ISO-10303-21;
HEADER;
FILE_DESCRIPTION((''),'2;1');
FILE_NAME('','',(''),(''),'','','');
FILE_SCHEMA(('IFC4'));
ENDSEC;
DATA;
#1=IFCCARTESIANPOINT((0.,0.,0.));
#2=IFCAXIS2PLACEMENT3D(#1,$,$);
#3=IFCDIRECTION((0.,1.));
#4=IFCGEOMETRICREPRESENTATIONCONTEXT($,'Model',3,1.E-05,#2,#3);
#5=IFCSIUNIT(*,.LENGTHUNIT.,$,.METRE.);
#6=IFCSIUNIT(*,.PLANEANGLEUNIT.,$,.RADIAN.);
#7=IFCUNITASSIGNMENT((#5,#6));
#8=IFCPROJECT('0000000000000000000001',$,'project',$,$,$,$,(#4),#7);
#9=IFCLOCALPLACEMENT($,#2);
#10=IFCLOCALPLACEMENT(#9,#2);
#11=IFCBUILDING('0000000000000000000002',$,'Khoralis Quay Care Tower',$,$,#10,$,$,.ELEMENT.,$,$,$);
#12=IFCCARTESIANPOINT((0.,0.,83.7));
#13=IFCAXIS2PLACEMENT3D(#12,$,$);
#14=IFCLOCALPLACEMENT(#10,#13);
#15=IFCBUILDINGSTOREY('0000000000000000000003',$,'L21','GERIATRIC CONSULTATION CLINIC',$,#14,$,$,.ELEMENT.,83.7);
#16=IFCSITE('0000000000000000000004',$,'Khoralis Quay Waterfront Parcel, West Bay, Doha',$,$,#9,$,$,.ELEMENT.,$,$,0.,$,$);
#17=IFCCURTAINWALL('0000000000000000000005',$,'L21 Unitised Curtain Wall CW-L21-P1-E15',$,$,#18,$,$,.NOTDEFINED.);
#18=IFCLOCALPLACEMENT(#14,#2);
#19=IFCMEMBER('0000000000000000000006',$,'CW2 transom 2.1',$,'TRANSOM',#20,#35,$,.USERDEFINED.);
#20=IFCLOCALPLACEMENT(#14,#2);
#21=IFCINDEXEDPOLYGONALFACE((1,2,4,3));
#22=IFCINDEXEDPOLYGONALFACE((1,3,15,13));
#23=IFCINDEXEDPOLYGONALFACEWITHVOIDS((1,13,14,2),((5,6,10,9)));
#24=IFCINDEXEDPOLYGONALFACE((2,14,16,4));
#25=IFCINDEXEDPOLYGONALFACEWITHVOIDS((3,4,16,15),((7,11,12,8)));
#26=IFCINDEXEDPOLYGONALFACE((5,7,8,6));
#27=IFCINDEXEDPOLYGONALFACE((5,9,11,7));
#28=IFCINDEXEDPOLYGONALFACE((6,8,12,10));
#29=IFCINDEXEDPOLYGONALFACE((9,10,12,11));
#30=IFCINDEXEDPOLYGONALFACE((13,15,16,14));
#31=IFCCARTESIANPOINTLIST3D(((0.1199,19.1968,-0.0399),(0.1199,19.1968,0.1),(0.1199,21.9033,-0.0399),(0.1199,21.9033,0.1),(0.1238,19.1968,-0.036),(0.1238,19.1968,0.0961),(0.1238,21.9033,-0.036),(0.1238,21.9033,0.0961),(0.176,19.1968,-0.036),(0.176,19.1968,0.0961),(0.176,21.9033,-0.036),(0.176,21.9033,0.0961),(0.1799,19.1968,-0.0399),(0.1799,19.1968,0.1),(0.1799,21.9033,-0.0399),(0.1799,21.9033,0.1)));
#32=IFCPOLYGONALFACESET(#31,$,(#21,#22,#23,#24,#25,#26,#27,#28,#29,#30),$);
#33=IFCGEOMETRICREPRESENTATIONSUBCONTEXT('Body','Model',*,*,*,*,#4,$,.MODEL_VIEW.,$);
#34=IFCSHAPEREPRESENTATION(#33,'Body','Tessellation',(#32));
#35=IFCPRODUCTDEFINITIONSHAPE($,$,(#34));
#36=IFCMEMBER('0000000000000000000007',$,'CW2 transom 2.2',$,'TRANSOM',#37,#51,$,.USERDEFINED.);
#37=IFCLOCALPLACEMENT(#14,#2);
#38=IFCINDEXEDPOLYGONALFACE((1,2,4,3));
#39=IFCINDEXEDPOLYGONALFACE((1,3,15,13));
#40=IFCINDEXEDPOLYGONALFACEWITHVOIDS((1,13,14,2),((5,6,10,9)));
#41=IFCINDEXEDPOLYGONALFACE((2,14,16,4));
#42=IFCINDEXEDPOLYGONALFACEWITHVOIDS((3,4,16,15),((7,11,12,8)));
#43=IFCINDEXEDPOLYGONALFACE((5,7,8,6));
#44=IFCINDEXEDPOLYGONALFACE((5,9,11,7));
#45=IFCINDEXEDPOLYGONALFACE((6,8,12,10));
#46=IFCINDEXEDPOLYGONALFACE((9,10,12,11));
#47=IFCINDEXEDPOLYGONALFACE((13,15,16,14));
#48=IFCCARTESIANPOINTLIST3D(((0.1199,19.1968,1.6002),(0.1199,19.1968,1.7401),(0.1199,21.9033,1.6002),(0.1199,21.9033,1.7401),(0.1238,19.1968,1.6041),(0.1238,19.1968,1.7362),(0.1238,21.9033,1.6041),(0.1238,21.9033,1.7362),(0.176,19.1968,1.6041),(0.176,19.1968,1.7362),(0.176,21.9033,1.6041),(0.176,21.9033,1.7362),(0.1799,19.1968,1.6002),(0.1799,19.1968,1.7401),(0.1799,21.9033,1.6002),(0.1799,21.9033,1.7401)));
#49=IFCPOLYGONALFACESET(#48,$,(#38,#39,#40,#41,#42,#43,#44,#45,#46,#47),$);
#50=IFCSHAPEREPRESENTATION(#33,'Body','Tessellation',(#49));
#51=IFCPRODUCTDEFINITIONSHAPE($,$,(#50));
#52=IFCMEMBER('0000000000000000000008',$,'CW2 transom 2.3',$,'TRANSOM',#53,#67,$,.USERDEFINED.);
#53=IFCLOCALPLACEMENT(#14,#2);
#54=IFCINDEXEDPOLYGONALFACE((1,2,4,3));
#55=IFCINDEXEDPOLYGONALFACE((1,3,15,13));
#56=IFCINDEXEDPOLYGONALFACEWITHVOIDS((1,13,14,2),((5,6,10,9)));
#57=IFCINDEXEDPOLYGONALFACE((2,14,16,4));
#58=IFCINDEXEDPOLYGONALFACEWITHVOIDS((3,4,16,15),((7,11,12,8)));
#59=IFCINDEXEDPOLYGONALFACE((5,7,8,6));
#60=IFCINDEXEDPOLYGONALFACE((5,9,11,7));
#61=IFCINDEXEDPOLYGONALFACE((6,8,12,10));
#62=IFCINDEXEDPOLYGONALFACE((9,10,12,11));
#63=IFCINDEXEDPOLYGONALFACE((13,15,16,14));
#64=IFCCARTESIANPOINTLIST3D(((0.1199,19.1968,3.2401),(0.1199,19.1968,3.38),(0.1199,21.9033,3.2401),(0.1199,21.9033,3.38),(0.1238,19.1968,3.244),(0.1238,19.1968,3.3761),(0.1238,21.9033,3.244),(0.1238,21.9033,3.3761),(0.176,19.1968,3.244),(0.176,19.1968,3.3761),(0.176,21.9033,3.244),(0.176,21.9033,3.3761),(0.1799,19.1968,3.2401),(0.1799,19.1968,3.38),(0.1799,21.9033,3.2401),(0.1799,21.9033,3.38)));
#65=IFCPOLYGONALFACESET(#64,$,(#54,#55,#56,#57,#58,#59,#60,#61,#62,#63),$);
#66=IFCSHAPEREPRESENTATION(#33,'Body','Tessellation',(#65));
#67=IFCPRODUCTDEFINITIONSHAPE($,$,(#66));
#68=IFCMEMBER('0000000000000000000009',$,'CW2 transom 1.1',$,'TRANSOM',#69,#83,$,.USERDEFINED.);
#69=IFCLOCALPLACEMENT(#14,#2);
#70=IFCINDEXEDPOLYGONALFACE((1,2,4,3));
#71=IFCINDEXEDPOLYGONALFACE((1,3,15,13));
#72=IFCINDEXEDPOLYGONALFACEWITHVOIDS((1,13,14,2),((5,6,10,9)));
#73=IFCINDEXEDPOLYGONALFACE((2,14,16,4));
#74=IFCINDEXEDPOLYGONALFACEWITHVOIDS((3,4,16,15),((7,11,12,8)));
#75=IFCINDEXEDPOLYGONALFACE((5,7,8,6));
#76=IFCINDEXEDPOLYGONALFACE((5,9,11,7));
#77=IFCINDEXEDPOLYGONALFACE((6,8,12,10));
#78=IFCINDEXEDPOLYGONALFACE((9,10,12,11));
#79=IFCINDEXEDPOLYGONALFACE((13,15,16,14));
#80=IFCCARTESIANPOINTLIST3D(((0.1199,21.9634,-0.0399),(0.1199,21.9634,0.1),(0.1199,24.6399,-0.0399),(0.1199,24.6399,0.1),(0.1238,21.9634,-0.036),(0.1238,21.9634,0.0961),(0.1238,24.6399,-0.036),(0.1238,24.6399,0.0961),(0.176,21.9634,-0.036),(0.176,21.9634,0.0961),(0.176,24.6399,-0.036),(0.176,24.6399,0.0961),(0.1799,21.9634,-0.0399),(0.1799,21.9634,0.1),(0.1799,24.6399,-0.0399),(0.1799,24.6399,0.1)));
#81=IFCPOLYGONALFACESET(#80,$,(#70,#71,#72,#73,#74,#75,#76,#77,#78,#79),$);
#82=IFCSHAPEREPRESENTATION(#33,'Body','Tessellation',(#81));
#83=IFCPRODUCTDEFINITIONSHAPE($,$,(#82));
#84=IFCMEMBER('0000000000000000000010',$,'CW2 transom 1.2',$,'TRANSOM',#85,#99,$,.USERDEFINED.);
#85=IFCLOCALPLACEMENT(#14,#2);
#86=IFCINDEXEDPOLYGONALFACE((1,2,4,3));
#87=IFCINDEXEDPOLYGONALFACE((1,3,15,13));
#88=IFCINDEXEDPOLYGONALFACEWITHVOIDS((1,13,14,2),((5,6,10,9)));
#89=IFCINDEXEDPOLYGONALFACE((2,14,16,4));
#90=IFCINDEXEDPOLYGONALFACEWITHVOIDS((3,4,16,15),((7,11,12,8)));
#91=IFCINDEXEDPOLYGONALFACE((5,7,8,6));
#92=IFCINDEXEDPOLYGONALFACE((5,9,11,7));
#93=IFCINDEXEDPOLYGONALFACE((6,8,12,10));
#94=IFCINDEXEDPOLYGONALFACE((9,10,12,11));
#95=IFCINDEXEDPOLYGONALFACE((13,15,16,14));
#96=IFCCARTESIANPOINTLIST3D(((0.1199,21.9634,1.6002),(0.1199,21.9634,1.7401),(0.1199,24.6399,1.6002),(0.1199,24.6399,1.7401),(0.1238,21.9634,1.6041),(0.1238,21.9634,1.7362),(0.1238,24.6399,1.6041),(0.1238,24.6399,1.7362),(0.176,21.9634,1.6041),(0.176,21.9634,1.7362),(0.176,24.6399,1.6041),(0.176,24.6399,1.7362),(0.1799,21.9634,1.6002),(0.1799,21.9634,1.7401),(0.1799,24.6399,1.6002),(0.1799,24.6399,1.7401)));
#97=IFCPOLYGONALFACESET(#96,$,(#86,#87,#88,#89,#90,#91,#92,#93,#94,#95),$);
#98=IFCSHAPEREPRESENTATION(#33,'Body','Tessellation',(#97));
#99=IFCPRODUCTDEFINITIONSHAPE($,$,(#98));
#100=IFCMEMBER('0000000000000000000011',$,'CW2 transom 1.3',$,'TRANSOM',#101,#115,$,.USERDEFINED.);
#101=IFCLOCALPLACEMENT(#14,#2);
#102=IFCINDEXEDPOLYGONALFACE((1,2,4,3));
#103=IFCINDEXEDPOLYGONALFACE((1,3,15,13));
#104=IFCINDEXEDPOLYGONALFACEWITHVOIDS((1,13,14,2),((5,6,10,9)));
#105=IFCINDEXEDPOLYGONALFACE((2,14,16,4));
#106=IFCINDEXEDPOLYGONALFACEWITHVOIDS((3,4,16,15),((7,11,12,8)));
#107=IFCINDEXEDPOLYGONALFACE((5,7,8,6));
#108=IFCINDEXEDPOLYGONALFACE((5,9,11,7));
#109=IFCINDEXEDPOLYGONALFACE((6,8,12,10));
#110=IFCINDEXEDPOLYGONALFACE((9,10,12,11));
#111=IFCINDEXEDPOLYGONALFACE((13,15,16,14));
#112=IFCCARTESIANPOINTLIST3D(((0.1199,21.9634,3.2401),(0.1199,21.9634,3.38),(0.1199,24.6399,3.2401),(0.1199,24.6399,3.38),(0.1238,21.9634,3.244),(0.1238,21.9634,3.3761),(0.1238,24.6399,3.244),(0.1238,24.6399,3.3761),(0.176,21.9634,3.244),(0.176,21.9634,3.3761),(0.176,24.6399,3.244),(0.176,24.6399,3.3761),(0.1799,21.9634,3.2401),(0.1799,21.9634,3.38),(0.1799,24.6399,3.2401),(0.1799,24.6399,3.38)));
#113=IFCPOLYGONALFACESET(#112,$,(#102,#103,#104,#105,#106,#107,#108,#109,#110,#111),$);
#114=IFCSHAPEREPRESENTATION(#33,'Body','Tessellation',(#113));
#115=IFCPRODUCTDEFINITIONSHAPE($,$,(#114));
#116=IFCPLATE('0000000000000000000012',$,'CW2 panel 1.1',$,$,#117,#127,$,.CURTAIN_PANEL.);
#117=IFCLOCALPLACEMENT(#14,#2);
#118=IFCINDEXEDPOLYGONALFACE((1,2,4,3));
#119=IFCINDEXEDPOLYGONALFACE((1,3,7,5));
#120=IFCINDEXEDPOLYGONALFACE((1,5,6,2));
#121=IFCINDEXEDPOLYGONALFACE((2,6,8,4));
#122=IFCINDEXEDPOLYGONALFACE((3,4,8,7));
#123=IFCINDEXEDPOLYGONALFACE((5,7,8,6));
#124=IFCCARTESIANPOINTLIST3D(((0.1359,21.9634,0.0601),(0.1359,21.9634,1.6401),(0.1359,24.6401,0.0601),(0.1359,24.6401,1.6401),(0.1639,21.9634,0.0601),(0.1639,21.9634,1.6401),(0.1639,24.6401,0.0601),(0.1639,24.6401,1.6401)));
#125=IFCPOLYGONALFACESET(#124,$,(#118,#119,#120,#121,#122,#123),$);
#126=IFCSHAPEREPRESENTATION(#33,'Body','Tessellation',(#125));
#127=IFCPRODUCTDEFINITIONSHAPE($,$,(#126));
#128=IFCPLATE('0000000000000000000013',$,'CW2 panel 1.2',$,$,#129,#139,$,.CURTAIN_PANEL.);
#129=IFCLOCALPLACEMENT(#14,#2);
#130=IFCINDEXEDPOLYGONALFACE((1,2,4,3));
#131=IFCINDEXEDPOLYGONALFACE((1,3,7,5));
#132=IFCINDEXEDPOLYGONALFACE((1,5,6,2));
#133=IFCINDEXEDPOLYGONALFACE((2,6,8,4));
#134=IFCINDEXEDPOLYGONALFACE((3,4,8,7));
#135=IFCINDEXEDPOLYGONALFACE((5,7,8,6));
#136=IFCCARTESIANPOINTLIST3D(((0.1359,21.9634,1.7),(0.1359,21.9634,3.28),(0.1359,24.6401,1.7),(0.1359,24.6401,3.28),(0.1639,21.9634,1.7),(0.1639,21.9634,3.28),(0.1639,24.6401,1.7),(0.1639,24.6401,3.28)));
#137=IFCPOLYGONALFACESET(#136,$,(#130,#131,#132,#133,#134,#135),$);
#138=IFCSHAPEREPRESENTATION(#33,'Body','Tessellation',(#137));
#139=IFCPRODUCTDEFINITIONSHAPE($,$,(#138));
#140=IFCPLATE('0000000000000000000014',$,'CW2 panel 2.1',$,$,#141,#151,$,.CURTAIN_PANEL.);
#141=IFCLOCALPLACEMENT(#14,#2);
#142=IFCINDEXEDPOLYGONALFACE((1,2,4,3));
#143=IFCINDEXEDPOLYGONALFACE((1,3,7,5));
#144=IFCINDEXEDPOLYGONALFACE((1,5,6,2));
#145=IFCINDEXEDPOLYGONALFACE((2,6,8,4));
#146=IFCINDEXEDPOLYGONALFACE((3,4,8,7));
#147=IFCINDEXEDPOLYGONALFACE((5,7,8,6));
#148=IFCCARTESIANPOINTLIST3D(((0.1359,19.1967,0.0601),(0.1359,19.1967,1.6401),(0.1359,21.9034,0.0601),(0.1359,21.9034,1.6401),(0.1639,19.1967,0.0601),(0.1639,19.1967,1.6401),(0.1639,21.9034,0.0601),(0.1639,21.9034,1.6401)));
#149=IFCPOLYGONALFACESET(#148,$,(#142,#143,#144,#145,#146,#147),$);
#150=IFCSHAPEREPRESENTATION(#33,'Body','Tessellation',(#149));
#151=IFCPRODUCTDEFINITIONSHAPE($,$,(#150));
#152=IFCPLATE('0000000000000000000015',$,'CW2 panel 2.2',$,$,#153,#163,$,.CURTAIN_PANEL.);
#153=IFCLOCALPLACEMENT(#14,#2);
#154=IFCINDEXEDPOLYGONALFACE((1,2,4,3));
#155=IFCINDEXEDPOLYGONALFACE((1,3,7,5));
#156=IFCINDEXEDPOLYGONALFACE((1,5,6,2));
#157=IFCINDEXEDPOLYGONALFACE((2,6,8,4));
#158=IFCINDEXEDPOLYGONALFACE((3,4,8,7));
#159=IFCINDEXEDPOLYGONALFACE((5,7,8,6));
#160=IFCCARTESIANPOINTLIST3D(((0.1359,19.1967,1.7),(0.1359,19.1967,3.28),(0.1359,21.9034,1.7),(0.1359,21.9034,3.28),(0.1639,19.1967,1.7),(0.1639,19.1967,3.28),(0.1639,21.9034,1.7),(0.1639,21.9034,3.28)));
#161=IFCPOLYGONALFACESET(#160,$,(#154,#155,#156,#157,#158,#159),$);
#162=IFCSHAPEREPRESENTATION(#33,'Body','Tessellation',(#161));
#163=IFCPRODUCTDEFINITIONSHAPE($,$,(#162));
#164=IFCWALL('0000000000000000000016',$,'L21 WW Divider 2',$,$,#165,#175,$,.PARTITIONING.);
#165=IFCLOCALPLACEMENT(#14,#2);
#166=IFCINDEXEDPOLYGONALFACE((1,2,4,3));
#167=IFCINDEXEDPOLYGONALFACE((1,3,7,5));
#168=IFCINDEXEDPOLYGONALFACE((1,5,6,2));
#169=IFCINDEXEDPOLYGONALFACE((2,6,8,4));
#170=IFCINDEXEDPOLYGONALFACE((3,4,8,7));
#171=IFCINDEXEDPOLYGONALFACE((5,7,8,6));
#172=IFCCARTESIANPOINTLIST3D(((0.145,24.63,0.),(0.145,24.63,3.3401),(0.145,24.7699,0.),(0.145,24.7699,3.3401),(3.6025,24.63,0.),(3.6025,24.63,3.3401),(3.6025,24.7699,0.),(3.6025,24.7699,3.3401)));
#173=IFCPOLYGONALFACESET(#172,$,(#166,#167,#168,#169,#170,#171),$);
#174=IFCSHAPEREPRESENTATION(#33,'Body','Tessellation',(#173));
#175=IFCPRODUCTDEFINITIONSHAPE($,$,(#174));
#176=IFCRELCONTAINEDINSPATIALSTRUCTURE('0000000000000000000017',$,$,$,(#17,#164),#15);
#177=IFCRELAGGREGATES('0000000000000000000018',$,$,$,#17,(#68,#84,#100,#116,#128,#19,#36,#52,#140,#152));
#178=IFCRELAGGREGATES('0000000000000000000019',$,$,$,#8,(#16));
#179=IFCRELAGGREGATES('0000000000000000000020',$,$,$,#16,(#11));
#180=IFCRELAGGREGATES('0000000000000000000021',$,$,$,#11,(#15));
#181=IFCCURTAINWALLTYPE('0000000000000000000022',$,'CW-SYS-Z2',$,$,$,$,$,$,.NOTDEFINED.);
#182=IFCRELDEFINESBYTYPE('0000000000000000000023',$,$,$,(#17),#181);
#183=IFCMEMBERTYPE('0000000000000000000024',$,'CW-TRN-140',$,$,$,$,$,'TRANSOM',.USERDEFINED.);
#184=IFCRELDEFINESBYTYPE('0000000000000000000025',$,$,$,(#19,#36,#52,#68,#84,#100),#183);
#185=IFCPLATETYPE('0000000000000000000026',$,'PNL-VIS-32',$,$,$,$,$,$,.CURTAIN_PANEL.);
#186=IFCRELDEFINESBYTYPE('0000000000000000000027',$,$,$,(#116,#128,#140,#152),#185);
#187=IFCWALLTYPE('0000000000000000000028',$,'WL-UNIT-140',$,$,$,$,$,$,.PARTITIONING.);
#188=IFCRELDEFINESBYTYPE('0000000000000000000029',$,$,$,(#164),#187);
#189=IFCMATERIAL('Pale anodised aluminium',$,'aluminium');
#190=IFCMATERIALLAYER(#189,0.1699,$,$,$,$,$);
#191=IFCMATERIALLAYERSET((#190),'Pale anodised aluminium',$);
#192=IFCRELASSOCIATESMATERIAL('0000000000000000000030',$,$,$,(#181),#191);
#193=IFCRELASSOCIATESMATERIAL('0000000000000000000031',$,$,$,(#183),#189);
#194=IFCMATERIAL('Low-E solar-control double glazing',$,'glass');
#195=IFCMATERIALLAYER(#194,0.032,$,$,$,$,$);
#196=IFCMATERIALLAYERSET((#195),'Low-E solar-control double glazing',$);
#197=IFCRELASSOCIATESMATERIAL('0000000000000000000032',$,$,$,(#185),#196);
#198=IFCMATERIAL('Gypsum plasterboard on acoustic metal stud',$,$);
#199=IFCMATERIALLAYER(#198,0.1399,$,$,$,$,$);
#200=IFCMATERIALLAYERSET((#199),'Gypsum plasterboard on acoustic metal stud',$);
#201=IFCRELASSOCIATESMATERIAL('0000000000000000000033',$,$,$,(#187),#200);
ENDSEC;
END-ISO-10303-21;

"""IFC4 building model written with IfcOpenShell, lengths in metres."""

from ifc_helpers import new_model, si_unit, direction, frame, frame_2d, origin, origin_2d, place, context, subcontext, project, spatial, rectangle, hollow_rectangle, extrude, source, transform, mapped, material, layer, layer_set, material_profile, profile_set, type_object, element, aggregate, save


model = new_model("IFC4")

# Units and contexts
model_context = context("Model", 3, precision=1e-05, world=origin(), true_north=direction((0.0, 1.0)))
body_context = subcontext(model_context, "Body", "Model", "MODEL_VIEW")
ifc_project = project(units=[si_unit("LENGTHUNIT", "METRE"), si_unit("PLANEANGLEUNIT", "RADIAN")], contexts=[model_context])

# Site, building, storey
site_placement = place(None, origin())
site = spatial("IfcSite", under=ifc_project, at=site_placement, Name="Khoralis Quay Waterfront Parcel, West Bay, Doha", CompositionType="ELEMENT", RefElevation=0.0)
building_placement = place(site_placement, origin())
building = spatial("IfcBuilding", under=site, at=building_placement, Name="Khoralis Quay Care Tower", CompositionType="ELEMENT")
storey_placement = place(building_placement, frame((0.0, 0.0, 83.7)))
storey = spatial("IfcBuildingStorey", under=building, at=storey_placement, Name="L21", Description="GERIATRIC CONSULTATION CLINIC", CompositionType="ELEMENT", Elevation=83.7)

# Curtain wall, members, plates
ifc_material_1 = material(Name="Pale anodised aluminium", Category="aluminium")
ifc_layer_1 = layer(ifc_material_1, 0.1699)
ifc_layer_set_1 = layer_set([ifc_layer_1], Name="Pale anodised aluminium")
curtain_wall_type = type_object("IfcCurtainWallType", Name="CW-SYS-Z2", PredefinedType="NOTDEFINED", material=ifc_layer_set_1)
curtain_wall_placement = place(storey_placement, origin())
curtain_wall = element("IfcCurtainWall", 1, at=curtain_wall_placement, inside=storey, type_object=curtain_wall_type, Name="L21 Unitised Curtain Wall CW-L21-P1-E15", PredefinedType="NOTDEFINED")
ifc_material_profile_1 = material_profile(ifc_material_1, hollow_rectangle(XDim=0.0601, YDim=0.1399, WallThickness=0.0039, at=origin_2d()), Name="Pale anodised aluminium")
ifc_profile_set_1 = profile_set([ifc_material_profile_1], Name="Pale anodised aluminium")
member_type_1 = type_object("IfcMemberType", Name="CW-TRN-140", ElementType="TRANSOM", PredefinedType="USERDEFINED", material=ifc_profile_set_1)
shared_shape_1 = source(origin(), body_context, "Body", "SweptSolid", [
    extrude(hollow_rectangle(XDim=0.0601, YDim=0.1399, WallThickness=0.0039, at=origin_2d()), origin(), (0.0, 0.0, 1.0), 2.7065),
])
member_1_placement = place(storey_placement, frame((0.1499, 21.9033, 0.03), z_axis=(0.0, -1.0, 0.0), x_axis=(1.0, 0.0, 0.0)))
member_1 = element("IfcMember", 2, at=member_1_placement, type_object=member_type_1, Name="CW2 transom 2.1", ObjectType="TRANSOM", PredefinedType="USERDEFINED", context=body_context, shape_type="MappedRepresentation", body=[
    mapped(shared_shape_1, transform((0.0, 0.0, 0.0), scale=1.0)),
])
member_2_placement = place(storey_placement, frame((0.1499, 21.9033, 1.6702), z_axis=(0.0, -1.0, 0.0), x_axis=(1.0, 0.0, 0.0)))
member_2 = element("IfcMember", 3, at=member_2_placement, type_object=member_type_1, Name="CW2 transom 2.2", ObjectType="TRANSOM", PredefinedType="USERDEFINED", context=body_context, shape_type="MappedRepresentation", body=[
    mapped(shared_shape_1, transform((0.0, 0.0, 0.0), scale=1.0)),
])
member_3_placement = place(storey_placement, frame((0.1499, 21.9033, 3.3101), z_axis=(0.0, -1.0, 0.0), x_axis=(1.0, 0.0, 0.0)))
member_3 = element("IfcMember", 4, at=member_3_placement, type_object=member_type_1, Name="CW2 transom 2.3", ObjectType="TRANSOM", PredefinedType="USERDEFINED", context=body_context, shape_type="MappedRepresentation", body=[
    mapped(shared_shape_1, transform((0.0, 0.0, 0.0), scale=1.0)),
])
shared_shape_2 = source(origin(), body_context, "Body", "SweptSolid", [
    extrude(hollow_rectangle(XDim=0.0601, YDim=0.1399, WallThickness=0.0039, at=origin_2d()), origin(), (0.0, 0.0, 1.0), 2.6765),
])
member_4_placement = place(storey_placement, frame((0.1499, 24.6399, 0.03), z_axis=(0.0, -1.0, 0.0), x_axis=(1.0, 0.0, 0.0)))
member_4 = element("IfcMember", 5, at=member_4_placement, type_object=member_type_1, Name="CW2 transom 1.1", ObjectType="TRANSOM", PredefinedType="USERDEFINED", context=body_context, shape_type="MappedRepresentation", body=[
    mapped(shared_shape_2, transform((0.0, 0.0, 0.0), scale=1.0)),
])
member_5_placement = place(storey_placement, frame((0.1499, 24.6399, 1.6702), z_axis=(0.0, -1.0, 0.0), x_axis=(1.0, 0.0, 0.0)))
member_5 = element("IfcMember", 6, at=member_5_placement, type_object=member_type_1, Name="CW2 transom 1.2", ObjectType="TRANSOM", PredefinedType="USERDEFINED", context=body_context, shape_type="MappedRepresentation", body=[
    mapped(shared_shape_2, transform((0.0, 0.0, 0.0), scale=1.0)),
])
member_6_placement = place(storey_placement, frame((0.1499, 24.6399, 3.3101), z_axis=(0.0, -1.0, 0.0), x_axis=(1.0, 0.0, 0.0)))
member_6 = element("IfcMember", 7, at=member_6_placement, type_object=member_type_1, Name="CW2 transom 1.3", ObjectType="TRANSOM", PredefinedType="USERDEFINED", context=body_context, shape_type="MappedRepresentation", body=[
    mapped(shared_shape_2, transform((0.0, 0.0, 0.0), scale=1.0)),
])
ifc_material_2 = material(Name="Low-E solar-control double glazing", Category="glass")
ifc_layer_2 = layer(ifc_material_2, 0.032)
ifc_layer_set_2 = layer_set([ifc_layer_2], Name="Low-E solar-control double glazing")
plate_type = type_object("IfcPlateType", Name="PNL-VIS-32", PredefinedType="CURTAIN_PANEL", material=ifc_layer_set_2)
shared_shape_3 = source(origin(), body_context, "Body", "SweptSolid", [
    extrude(rectangle(XDim=2.6768, YDim=0.0281, at=origin_2d()), origin(), (0.0, 0.0, 1.0), 1.5801),
])
plate_1_placement = place(storey_placement, frame((0.1499, 23.3018, 0.0601), z_axis=(0.0, 0.0, 1.0), x_axis=(0.0, -1.0, 0.0)))
plate_1 = element("IfcPlate", 8, at=plate_1_placement, type_object=plate_type, Name="CW2 panel 1.1", PredefinedType="CURTAIN_PANEL", context=body_context, shape_type="MappedRepresentation", body=[
    mapped(shared_shape_3, transform((0.0, 0.0, 0.0), scale=1.0)),
])
plate_2_placement = place(storey_placement, frame((0.1499, 23.3018, 1.7), z_axis=(0.0, 0.0, 1.0), x_axis=(0.0, -1.0, 0.0)))
plate_2 = element("IfcPlate", 9, at=plate_2_placement, type_object=plate_type, Name="CW2 panel 1.2", PredefinedType="CURTAIN_PANEL", context=body_context, shape_type="MappedRepresentation", body=[
    mapped(shared_shape_3, transform((0.0, 0.0, 0.0), scale=1.0)),
])
shared_shape_4 = source(origin(), body_context, "Body", "SweptSolid", [
    extrude(rectangle(XDim=2.7068, YDim=0.0281, at=origin_2d()), origin(), (0.0, 0.0, 1.0), 1.5801),
])
plate_3_placement = place(storey_placement, frame((0.1499, 20.55, 0.0601), z_axis=(0.0, 0.0, 1.0), x_axis=(0.0, -1.0, 0.0)))
plate_3 = element("IfcPlate", 10, at=plate_3_placement, type_object=plate_type, Name="CW2 panel 2.1", PredefinedType="CURTAIN_PANEL", context=body_context, shape_type="MappedRepresentation", body=[
    mapped(shared_shape_4, transform((0.0, 0.0, 0.0), scale=1.0)),
])
plate_4_placement = place(storey_placement, frame((0.1499, 20.55, 1.7), z_axis=(0.0, 0.0, 1.0), x_axis=(0.0, -1.0, 0.0)))
plate_4 = element("IfcPlate", 11, at=plate_4_placement, type_object=plate_type, Name="CW2 panel 2.2", PredefinedType="CURTAIN_PANEL", context=body_context, shape_type="MappedRepresentation", body=[
    mapped(shared_shape_4, transform((0.0, 0.0, 0.0), scale=1.0)),
])
aggregate(curtain_wall, [member_4, member_5, member_6, plate_1, plate_2, member_1, member_2, member_3, plate_3, plate_4])

# Wall
ifc_material_3 = material(Name="Gypsum plasterboard on acoustic metal stud")
ifc_layer_3 = layer(ifc_material_3, 0.1399)
ifc_layer_set_3 = layer_set([ifc_layer_3], Name="Gypsum plasterboard on acoustic metal stud")
wall_type = type_object("IfcWallType", Name="WL-UNIT-140", PredefinedType="PARTITIONING", material=ifc_layer_set_3)
wall_placement = place(storey_placement, frame((0.145, 24.7, 0.0), z_axis=(0.0, 0.0, 1.0), x_axis=(1.0, 0.0, 0.0)))
element("IfcWall", 12, at=wall_placement, inside=storey, type_object=wall_type, Name="L21 WW Divider 2", PredefinedType="PARTITIONING", context=body_context, shape_type="SweptSolid", body=[
    extrude(rectangle(XDim=3.4575, YDim=0.1399, at=frame_2d((1.7288, 0.0))), origin(), (0.0, 0.0, 1.0), 3.3401),
])

save(model, "model.ifc")
